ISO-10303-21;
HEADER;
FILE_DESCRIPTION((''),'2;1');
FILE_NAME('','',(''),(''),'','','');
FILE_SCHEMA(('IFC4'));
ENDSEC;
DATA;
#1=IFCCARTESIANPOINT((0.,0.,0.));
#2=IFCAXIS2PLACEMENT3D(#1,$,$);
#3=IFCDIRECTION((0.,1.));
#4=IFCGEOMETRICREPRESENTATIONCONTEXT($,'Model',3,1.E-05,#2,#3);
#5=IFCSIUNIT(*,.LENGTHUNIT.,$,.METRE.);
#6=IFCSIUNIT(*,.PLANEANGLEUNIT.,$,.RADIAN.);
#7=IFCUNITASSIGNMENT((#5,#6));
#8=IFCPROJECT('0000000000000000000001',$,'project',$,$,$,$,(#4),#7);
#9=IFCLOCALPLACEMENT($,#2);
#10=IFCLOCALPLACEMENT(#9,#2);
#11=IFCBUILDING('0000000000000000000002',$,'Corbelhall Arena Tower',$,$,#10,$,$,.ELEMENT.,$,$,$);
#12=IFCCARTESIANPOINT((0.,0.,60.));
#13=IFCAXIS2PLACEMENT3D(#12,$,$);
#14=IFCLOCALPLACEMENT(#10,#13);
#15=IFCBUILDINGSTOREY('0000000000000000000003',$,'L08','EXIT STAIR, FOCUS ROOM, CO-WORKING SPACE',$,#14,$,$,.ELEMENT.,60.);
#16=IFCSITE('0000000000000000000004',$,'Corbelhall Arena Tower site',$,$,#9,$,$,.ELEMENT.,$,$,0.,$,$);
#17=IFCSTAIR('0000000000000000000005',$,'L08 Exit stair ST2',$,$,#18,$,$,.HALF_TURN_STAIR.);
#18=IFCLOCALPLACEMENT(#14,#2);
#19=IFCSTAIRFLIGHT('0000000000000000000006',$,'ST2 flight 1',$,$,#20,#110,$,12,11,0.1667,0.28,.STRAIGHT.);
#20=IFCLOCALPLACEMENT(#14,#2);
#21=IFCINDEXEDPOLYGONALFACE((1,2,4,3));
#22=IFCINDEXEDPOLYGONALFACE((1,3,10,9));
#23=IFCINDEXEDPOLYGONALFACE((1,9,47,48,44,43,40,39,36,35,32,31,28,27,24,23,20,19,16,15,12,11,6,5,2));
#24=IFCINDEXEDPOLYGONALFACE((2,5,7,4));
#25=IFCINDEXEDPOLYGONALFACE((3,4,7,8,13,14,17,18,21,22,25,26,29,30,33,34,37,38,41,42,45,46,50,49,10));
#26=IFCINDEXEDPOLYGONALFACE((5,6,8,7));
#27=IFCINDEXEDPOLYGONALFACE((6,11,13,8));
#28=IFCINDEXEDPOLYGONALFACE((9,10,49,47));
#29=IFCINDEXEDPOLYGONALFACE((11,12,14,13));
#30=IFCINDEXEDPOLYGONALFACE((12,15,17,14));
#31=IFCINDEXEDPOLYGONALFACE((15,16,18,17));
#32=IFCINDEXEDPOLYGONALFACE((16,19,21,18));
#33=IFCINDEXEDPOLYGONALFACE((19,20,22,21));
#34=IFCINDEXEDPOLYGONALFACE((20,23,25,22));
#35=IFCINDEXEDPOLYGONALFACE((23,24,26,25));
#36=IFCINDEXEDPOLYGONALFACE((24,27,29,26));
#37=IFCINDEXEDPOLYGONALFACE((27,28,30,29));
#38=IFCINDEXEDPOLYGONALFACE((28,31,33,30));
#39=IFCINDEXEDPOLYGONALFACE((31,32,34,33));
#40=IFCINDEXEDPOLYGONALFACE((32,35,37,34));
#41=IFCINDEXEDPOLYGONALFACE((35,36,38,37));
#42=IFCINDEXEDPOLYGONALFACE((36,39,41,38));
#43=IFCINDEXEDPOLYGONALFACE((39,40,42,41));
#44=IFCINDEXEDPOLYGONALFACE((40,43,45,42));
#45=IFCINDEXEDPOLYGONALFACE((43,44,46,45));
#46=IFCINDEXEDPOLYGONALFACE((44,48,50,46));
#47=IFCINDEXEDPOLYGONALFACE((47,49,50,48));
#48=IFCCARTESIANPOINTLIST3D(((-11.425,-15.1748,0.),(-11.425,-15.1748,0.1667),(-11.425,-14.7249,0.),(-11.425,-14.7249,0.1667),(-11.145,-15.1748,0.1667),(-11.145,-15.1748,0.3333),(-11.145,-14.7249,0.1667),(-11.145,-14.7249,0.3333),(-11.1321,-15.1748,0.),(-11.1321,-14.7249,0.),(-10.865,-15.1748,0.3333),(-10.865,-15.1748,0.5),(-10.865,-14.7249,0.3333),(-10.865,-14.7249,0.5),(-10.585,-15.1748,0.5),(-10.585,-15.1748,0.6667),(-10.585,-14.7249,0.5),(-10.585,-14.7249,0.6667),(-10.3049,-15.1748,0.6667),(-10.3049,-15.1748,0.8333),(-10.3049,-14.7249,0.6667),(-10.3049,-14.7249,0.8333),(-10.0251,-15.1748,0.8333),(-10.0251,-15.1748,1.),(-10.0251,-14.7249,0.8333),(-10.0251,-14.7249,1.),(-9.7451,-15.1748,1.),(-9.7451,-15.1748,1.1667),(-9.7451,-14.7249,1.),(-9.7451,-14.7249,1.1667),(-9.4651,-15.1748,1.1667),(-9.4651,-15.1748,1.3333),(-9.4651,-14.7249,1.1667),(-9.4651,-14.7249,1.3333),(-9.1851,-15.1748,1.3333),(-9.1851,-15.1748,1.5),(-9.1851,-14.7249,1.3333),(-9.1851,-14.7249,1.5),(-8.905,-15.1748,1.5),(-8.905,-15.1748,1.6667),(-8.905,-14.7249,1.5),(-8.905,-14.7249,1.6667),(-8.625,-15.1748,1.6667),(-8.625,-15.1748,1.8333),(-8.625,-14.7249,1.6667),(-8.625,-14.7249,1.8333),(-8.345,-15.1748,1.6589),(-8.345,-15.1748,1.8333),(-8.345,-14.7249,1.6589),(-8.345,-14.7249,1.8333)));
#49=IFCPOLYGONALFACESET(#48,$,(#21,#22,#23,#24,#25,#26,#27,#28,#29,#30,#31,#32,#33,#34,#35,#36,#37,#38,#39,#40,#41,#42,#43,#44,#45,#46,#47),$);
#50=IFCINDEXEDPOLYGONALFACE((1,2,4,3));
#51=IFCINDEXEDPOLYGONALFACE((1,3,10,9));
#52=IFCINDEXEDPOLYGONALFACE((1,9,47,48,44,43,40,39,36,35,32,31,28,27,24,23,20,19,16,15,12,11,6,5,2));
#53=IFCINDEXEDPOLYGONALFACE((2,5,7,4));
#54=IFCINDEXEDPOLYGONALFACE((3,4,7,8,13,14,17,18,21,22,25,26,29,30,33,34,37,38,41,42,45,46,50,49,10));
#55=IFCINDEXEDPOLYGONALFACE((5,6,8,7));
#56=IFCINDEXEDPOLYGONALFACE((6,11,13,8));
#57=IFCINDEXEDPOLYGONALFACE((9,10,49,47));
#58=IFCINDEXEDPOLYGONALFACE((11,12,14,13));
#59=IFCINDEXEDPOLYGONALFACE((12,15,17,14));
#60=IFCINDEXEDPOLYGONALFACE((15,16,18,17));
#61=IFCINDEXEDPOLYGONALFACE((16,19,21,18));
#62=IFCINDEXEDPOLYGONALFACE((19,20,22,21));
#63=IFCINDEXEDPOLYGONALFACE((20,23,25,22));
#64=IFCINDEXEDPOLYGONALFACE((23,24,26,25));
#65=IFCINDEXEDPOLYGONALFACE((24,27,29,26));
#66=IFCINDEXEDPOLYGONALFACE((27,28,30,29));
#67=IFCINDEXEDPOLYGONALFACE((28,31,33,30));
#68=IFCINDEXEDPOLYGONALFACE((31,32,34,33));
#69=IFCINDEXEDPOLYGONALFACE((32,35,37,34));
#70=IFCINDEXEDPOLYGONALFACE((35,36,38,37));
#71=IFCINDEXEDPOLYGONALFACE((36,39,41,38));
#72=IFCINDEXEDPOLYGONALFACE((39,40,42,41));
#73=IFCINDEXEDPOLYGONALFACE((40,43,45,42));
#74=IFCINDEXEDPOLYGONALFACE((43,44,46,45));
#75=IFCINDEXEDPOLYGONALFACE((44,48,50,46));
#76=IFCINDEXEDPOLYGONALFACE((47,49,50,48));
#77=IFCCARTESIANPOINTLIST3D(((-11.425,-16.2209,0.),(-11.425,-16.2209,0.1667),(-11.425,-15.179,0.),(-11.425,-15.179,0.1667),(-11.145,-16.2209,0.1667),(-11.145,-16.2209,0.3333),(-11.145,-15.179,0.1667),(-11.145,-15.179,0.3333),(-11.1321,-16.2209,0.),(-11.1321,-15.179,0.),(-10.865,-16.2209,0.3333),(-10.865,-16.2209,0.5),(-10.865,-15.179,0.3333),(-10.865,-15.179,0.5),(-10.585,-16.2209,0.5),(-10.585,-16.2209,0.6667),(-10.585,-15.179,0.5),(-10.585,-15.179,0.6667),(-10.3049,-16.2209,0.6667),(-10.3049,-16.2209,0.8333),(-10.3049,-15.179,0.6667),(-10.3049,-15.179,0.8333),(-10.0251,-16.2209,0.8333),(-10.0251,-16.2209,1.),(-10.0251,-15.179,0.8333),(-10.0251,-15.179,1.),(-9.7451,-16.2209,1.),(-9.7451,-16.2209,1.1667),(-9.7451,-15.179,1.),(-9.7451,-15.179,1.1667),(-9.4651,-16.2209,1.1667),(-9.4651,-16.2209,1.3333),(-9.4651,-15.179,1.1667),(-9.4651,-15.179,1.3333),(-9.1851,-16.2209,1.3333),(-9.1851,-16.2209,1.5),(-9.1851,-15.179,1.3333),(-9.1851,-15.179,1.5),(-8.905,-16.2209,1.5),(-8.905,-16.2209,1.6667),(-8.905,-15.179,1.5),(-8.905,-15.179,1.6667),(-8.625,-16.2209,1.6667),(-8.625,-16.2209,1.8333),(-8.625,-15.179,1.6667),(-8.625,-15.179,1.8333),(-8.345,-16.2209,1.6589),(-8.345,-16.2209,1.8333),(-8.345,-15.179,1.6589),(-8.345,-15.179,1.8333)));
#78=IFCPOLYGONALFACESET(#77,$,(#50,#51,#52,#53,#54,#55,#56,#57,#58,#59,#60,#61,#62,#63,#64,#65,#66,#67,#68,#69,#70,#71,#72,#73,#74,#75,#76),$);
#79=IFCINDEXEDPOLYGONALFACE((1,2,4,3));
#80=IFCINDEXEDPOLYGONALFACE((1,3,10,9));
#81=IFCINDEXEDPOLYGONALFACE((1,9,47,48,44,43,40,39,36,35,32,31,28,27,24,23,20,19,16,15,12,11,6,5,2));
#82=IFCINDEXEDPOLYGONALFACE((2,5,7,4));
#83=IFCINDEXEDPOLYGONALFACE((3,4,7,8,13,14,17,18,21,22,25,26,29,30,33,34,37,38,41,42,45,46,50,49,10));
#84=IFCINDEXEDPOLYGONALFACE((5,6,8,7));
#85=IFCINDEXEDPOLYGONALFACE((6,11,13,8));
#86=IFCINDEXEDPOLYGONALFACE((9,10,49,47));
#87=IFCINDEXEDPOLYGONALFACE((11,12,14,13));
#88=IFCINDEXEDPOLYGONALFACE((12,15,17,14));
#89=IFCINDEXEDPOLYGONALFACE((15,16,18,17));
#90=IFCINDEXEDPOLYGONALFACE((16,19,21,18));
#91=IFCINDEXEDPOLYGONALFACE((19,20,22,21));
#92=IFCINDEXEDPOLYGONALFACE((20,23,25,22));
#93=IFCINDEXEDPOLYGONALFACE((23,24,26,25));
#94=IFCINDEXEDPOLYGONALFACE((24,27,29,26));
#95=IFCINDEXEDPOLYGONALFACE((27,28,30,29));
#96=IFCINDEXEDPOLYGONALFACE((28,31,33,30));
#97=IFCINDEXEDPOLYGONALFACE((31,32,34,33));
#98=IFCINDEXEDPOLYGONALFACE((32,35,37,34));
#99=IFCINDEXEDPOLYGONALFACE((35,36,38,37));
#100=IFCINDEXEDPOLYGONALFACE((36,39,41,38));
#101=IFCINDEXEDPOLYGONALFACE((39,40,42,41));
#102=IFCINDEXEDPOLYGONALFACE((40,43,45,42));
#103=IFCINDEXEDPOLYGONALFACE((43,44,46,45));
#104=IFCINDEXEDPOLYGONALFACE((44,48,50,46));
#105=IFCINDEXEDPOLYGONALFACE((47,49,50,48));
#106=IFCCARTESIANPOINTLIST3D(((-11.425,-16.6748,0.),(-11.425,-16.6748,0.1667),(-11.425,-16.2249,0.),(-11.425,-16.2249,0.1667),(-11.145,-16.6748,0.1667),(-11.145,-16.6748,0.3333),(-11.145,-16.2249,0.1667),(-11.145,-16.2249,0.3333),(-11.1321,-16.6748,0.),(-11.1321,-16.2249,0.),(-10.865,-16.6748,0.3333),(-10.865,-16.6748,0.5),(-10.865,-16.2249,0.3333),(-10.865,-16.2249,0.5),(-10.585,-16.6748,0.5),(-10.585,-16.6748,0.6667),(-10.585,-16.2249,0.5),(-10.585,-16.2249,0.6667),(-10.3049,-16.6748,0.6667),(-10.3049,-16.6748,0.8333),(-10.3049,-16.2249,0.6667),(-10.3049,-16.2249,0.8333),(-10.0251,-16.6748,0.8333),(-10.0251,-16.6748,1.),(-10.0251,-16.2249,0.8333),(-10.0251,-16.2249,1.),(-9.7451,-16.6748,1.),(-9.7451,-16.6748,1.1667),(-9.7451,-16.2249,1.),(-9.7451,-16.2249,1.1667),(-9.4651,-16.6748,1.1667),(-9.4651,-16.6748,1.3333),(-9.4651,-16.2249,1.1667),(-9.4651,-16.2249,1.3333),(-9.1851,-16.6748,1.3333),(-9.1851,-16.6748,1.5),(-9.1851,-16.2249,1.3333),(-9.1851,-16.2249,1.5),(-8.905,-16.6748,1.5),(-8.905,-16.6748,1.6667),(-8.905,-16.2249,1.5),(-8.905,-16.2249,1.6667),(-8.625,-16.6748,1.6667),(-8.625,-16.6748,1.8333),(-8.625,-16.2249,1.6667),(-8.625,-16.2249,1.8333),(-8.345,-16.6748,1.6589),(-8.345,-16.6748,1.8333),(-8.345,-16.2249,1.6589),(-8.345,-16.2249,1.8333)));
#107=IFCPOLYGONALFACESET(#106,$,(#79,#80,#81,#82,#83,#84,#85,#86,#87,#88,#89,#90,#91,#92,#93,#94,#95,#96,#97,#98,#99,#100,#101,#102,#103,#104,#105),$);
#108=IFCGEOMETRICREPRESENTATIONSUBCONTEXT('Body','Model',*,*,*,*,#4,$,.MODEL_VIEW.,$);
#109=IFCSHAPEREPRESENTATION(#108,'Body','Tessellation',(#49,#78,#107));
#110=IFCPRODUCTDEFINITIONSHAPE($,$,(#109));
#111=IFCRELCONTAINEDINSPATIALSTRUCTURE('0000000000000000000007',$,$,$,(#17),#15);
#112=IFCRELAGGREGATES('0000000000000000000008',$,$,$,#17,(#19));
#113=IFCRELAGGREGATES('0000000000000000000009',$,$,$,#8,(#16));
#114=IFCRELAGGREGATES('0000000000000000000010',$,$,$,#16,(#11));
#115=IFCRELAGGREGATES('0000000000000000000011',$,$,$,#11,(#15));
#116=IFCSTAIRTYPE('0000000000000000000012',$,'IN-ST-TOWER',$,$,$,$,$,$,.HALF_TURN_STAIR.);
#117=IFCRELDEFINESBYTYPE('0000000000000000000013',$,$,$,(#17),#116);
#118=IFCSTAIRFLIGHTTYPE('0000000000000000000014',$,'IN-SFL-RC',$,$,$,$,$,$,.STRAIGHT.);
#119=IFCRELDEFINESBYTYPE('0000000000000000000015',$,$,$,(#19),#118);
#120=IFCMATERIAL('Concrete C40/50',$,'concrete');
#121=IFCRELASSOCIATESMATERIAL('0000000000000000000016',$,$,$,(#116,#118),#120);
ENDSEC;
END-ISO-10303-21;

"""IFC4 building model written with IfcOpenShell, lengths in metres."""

from ifc_helpers import new_model, si_unit, direction, frame, origin, place, context, subcontext, project, spatial, polyline, outline, extrude, material, type_object, element, aggregate, save


model = new_model("IFC4")

# Units and contexts
model_context = context("Model", 3, precision=1e-05, world=origin(), true_north=direction((0.0, 1.0)))
body_context = subcontext(model_context, "Body", "Model", "MODEL_VIEW")
ifc_project = project(units=[si_unit("LENGTHUNIT", "METRE"), si_unit("PLANEANGLEUNIT", "RADIAN")], contexts=[model_context])

# Site, building, storey
site_placement = place(None, origin())
site = spatial("IfcSite", under=ifc_project, at=site_placement, Name="Corbelhall Arena Tower site", CompositionType="ELEMENT", RefElevation=0.0)
building_placement = place(site_placement, origin())
building = spatial("IfcBuilding", under=site, at=building_placement, Name="Corbelhall Arena Tower", CompositionType="ELEMENT")
storey_placement = place(building_placement, frame((0.0, 0.0, 60.0)))
storey = spatial("IfcBuildingStorey", under=building, at=storey_placement, Name="L08", Description="EXIT STAIR, FOCUS ROOM, CO-WORKING SPACE", CompositionType="ELEMENT", Elevation=60.0)

# Shared definitions
ifc_material_1 = material(Name="Concrete C40/50", Category="concrete")

# Stair, stair flight
stair_type = type_object("IfcStairType", Name="IN-ST-TOWER", PredefinedType="HALF_TURN_STAIR", material=ifc_material_1)
stair_placement = place(storey_placement, origin())
stair = element("IfcStair", 1, at=stair_placement, inside=storey, type_object=stair_type, Name="L08 Exit stair ST2", PredefinedType="HALF_TURN_STAIR")
stair_flight_type = type_object("IfcStairFlightType", Name="IN-SFL-RC", PredefinedType="STRAIGHT", material=ifc_material_1)
stair_flight_1_placement = place(storey_placement, frame((-11.425, -15.7, 0.0), z_axis=(0.0, 0.0, 1.0), x_axis=(1.0, 0.0, 0.0)))
stair_flight_1 = element("IfcStairFlight", 2, at=stair_flight_1_placement, type_object=stair_flight_type, Name="ST2 flight 1", NumberOfRisers=12, NumberOfTreads=11, PredefinedType="STRAIGHT", RiserHeight=0.1667, TreadLength=0.28, context=body_context, shape_type="SweptSolid", body=[
    extrude(outline(polyline([(0.0, 0.0), (0.0, 0.1667), (0.28, 0.1667), (0.28, 0.3333), (0.5601, 0.3333), (0.5601, 0.5), (0.8401, 0.5), (0.8401, 0.6667), (1.1201, 0.6667), (1.1201, 0.8333), (1.3999, 0.8333), (1.3999, 1.0), (1.6799, 1.0), (1.6799, 1.1667), (1.96, 1.1667), (1.96, 1.3333), (2.24, 1.3333), (2.24, 1.5), (2.52, 1.5), (2.52, 1.6667), (2.8, 1.6667), (2.8, 1.8333), (3.0801, 1.8333), (3.0801, 2.0), (3.0801, 1.6589), (0.293, 0.0), (0.0, 0.0)])), frame((0.0, 0.9751, 0.0), z_axis=(0.0, -1.0, 0.0), x_axis=(1.0, 0.0, 0.0)), (0.0, 0.0, 1.0), 0.45),
    extrude(outline(polyline([(0.0, 0.0), (0.0, 0.1667), (0.28, 0.1667), (0.28, 0.3333), (0.5601, 0.3333), (0.5601, 0.5), (0.8401, 0.5), (0.8401, 0.6667), (1.1201, 0.6667), (1.1201, 0.8333), (1.3999, 0.8333), (1.3999, 1.0), (1.6799, 1.0), (1.6799, 1.1667), (1.96, 1.1667), (1.96, 1.3333), (2.24, 1.3333), (2.24, 1.5), (2.52, 1.5), (2.52, 1.6667), (2.8, 1.6667), (2.8, 1.8333), (3.0801, 1.8333), (3.0801, 2.0), (3.0801, 1.6589), (0.293, 0.0), (0.0, 0.0)])), frame((0.0, 0.521, 0.0), z_axis=(0.0, -1.0, 0.0), x_axis=(1.0, 0.0, 0.0)), (0.0, 0.0, 1.0), 1.042),
    extrude(outline(polyline([(0.0, 0.0), (0.0, 0.1667), (0.28, 0.1667), (0.28, 0.3333), (0.5601, 0.3333), (0.5601, 0.5), (0.8401, 0.5), (0.8401, 0.6667), (1.1201, 0.6667), (1.1201, 0.8333), (1.3999, 0.8333), (1.3999, 1.0), (1.6799, 1.0), (1.6799, 1.1667), (1.96, 1.1667), (1.96, 1.3333), (2.24, 1.3333), (2.24, 1.5), (2.52, 1.5), (2.52, 1.6667), (2.8, 1.6667), (2.8, 1.8333), (3.0801, 1.8333), (3.0801, 2.0), (3.0801, 1.6589), (0.293, 0.0), (0.0, 0.0)])), frame((0.0, -0.5249, 0.0), z_axis=(0.0, -1.0, 0.0), x_axis=(1.0, 0.0, 0.0)), (0.0, 0.0, 1.0), 0.45),
])
aggregate(stair, [stair_flight_1])

save(model, "model.ifc")
